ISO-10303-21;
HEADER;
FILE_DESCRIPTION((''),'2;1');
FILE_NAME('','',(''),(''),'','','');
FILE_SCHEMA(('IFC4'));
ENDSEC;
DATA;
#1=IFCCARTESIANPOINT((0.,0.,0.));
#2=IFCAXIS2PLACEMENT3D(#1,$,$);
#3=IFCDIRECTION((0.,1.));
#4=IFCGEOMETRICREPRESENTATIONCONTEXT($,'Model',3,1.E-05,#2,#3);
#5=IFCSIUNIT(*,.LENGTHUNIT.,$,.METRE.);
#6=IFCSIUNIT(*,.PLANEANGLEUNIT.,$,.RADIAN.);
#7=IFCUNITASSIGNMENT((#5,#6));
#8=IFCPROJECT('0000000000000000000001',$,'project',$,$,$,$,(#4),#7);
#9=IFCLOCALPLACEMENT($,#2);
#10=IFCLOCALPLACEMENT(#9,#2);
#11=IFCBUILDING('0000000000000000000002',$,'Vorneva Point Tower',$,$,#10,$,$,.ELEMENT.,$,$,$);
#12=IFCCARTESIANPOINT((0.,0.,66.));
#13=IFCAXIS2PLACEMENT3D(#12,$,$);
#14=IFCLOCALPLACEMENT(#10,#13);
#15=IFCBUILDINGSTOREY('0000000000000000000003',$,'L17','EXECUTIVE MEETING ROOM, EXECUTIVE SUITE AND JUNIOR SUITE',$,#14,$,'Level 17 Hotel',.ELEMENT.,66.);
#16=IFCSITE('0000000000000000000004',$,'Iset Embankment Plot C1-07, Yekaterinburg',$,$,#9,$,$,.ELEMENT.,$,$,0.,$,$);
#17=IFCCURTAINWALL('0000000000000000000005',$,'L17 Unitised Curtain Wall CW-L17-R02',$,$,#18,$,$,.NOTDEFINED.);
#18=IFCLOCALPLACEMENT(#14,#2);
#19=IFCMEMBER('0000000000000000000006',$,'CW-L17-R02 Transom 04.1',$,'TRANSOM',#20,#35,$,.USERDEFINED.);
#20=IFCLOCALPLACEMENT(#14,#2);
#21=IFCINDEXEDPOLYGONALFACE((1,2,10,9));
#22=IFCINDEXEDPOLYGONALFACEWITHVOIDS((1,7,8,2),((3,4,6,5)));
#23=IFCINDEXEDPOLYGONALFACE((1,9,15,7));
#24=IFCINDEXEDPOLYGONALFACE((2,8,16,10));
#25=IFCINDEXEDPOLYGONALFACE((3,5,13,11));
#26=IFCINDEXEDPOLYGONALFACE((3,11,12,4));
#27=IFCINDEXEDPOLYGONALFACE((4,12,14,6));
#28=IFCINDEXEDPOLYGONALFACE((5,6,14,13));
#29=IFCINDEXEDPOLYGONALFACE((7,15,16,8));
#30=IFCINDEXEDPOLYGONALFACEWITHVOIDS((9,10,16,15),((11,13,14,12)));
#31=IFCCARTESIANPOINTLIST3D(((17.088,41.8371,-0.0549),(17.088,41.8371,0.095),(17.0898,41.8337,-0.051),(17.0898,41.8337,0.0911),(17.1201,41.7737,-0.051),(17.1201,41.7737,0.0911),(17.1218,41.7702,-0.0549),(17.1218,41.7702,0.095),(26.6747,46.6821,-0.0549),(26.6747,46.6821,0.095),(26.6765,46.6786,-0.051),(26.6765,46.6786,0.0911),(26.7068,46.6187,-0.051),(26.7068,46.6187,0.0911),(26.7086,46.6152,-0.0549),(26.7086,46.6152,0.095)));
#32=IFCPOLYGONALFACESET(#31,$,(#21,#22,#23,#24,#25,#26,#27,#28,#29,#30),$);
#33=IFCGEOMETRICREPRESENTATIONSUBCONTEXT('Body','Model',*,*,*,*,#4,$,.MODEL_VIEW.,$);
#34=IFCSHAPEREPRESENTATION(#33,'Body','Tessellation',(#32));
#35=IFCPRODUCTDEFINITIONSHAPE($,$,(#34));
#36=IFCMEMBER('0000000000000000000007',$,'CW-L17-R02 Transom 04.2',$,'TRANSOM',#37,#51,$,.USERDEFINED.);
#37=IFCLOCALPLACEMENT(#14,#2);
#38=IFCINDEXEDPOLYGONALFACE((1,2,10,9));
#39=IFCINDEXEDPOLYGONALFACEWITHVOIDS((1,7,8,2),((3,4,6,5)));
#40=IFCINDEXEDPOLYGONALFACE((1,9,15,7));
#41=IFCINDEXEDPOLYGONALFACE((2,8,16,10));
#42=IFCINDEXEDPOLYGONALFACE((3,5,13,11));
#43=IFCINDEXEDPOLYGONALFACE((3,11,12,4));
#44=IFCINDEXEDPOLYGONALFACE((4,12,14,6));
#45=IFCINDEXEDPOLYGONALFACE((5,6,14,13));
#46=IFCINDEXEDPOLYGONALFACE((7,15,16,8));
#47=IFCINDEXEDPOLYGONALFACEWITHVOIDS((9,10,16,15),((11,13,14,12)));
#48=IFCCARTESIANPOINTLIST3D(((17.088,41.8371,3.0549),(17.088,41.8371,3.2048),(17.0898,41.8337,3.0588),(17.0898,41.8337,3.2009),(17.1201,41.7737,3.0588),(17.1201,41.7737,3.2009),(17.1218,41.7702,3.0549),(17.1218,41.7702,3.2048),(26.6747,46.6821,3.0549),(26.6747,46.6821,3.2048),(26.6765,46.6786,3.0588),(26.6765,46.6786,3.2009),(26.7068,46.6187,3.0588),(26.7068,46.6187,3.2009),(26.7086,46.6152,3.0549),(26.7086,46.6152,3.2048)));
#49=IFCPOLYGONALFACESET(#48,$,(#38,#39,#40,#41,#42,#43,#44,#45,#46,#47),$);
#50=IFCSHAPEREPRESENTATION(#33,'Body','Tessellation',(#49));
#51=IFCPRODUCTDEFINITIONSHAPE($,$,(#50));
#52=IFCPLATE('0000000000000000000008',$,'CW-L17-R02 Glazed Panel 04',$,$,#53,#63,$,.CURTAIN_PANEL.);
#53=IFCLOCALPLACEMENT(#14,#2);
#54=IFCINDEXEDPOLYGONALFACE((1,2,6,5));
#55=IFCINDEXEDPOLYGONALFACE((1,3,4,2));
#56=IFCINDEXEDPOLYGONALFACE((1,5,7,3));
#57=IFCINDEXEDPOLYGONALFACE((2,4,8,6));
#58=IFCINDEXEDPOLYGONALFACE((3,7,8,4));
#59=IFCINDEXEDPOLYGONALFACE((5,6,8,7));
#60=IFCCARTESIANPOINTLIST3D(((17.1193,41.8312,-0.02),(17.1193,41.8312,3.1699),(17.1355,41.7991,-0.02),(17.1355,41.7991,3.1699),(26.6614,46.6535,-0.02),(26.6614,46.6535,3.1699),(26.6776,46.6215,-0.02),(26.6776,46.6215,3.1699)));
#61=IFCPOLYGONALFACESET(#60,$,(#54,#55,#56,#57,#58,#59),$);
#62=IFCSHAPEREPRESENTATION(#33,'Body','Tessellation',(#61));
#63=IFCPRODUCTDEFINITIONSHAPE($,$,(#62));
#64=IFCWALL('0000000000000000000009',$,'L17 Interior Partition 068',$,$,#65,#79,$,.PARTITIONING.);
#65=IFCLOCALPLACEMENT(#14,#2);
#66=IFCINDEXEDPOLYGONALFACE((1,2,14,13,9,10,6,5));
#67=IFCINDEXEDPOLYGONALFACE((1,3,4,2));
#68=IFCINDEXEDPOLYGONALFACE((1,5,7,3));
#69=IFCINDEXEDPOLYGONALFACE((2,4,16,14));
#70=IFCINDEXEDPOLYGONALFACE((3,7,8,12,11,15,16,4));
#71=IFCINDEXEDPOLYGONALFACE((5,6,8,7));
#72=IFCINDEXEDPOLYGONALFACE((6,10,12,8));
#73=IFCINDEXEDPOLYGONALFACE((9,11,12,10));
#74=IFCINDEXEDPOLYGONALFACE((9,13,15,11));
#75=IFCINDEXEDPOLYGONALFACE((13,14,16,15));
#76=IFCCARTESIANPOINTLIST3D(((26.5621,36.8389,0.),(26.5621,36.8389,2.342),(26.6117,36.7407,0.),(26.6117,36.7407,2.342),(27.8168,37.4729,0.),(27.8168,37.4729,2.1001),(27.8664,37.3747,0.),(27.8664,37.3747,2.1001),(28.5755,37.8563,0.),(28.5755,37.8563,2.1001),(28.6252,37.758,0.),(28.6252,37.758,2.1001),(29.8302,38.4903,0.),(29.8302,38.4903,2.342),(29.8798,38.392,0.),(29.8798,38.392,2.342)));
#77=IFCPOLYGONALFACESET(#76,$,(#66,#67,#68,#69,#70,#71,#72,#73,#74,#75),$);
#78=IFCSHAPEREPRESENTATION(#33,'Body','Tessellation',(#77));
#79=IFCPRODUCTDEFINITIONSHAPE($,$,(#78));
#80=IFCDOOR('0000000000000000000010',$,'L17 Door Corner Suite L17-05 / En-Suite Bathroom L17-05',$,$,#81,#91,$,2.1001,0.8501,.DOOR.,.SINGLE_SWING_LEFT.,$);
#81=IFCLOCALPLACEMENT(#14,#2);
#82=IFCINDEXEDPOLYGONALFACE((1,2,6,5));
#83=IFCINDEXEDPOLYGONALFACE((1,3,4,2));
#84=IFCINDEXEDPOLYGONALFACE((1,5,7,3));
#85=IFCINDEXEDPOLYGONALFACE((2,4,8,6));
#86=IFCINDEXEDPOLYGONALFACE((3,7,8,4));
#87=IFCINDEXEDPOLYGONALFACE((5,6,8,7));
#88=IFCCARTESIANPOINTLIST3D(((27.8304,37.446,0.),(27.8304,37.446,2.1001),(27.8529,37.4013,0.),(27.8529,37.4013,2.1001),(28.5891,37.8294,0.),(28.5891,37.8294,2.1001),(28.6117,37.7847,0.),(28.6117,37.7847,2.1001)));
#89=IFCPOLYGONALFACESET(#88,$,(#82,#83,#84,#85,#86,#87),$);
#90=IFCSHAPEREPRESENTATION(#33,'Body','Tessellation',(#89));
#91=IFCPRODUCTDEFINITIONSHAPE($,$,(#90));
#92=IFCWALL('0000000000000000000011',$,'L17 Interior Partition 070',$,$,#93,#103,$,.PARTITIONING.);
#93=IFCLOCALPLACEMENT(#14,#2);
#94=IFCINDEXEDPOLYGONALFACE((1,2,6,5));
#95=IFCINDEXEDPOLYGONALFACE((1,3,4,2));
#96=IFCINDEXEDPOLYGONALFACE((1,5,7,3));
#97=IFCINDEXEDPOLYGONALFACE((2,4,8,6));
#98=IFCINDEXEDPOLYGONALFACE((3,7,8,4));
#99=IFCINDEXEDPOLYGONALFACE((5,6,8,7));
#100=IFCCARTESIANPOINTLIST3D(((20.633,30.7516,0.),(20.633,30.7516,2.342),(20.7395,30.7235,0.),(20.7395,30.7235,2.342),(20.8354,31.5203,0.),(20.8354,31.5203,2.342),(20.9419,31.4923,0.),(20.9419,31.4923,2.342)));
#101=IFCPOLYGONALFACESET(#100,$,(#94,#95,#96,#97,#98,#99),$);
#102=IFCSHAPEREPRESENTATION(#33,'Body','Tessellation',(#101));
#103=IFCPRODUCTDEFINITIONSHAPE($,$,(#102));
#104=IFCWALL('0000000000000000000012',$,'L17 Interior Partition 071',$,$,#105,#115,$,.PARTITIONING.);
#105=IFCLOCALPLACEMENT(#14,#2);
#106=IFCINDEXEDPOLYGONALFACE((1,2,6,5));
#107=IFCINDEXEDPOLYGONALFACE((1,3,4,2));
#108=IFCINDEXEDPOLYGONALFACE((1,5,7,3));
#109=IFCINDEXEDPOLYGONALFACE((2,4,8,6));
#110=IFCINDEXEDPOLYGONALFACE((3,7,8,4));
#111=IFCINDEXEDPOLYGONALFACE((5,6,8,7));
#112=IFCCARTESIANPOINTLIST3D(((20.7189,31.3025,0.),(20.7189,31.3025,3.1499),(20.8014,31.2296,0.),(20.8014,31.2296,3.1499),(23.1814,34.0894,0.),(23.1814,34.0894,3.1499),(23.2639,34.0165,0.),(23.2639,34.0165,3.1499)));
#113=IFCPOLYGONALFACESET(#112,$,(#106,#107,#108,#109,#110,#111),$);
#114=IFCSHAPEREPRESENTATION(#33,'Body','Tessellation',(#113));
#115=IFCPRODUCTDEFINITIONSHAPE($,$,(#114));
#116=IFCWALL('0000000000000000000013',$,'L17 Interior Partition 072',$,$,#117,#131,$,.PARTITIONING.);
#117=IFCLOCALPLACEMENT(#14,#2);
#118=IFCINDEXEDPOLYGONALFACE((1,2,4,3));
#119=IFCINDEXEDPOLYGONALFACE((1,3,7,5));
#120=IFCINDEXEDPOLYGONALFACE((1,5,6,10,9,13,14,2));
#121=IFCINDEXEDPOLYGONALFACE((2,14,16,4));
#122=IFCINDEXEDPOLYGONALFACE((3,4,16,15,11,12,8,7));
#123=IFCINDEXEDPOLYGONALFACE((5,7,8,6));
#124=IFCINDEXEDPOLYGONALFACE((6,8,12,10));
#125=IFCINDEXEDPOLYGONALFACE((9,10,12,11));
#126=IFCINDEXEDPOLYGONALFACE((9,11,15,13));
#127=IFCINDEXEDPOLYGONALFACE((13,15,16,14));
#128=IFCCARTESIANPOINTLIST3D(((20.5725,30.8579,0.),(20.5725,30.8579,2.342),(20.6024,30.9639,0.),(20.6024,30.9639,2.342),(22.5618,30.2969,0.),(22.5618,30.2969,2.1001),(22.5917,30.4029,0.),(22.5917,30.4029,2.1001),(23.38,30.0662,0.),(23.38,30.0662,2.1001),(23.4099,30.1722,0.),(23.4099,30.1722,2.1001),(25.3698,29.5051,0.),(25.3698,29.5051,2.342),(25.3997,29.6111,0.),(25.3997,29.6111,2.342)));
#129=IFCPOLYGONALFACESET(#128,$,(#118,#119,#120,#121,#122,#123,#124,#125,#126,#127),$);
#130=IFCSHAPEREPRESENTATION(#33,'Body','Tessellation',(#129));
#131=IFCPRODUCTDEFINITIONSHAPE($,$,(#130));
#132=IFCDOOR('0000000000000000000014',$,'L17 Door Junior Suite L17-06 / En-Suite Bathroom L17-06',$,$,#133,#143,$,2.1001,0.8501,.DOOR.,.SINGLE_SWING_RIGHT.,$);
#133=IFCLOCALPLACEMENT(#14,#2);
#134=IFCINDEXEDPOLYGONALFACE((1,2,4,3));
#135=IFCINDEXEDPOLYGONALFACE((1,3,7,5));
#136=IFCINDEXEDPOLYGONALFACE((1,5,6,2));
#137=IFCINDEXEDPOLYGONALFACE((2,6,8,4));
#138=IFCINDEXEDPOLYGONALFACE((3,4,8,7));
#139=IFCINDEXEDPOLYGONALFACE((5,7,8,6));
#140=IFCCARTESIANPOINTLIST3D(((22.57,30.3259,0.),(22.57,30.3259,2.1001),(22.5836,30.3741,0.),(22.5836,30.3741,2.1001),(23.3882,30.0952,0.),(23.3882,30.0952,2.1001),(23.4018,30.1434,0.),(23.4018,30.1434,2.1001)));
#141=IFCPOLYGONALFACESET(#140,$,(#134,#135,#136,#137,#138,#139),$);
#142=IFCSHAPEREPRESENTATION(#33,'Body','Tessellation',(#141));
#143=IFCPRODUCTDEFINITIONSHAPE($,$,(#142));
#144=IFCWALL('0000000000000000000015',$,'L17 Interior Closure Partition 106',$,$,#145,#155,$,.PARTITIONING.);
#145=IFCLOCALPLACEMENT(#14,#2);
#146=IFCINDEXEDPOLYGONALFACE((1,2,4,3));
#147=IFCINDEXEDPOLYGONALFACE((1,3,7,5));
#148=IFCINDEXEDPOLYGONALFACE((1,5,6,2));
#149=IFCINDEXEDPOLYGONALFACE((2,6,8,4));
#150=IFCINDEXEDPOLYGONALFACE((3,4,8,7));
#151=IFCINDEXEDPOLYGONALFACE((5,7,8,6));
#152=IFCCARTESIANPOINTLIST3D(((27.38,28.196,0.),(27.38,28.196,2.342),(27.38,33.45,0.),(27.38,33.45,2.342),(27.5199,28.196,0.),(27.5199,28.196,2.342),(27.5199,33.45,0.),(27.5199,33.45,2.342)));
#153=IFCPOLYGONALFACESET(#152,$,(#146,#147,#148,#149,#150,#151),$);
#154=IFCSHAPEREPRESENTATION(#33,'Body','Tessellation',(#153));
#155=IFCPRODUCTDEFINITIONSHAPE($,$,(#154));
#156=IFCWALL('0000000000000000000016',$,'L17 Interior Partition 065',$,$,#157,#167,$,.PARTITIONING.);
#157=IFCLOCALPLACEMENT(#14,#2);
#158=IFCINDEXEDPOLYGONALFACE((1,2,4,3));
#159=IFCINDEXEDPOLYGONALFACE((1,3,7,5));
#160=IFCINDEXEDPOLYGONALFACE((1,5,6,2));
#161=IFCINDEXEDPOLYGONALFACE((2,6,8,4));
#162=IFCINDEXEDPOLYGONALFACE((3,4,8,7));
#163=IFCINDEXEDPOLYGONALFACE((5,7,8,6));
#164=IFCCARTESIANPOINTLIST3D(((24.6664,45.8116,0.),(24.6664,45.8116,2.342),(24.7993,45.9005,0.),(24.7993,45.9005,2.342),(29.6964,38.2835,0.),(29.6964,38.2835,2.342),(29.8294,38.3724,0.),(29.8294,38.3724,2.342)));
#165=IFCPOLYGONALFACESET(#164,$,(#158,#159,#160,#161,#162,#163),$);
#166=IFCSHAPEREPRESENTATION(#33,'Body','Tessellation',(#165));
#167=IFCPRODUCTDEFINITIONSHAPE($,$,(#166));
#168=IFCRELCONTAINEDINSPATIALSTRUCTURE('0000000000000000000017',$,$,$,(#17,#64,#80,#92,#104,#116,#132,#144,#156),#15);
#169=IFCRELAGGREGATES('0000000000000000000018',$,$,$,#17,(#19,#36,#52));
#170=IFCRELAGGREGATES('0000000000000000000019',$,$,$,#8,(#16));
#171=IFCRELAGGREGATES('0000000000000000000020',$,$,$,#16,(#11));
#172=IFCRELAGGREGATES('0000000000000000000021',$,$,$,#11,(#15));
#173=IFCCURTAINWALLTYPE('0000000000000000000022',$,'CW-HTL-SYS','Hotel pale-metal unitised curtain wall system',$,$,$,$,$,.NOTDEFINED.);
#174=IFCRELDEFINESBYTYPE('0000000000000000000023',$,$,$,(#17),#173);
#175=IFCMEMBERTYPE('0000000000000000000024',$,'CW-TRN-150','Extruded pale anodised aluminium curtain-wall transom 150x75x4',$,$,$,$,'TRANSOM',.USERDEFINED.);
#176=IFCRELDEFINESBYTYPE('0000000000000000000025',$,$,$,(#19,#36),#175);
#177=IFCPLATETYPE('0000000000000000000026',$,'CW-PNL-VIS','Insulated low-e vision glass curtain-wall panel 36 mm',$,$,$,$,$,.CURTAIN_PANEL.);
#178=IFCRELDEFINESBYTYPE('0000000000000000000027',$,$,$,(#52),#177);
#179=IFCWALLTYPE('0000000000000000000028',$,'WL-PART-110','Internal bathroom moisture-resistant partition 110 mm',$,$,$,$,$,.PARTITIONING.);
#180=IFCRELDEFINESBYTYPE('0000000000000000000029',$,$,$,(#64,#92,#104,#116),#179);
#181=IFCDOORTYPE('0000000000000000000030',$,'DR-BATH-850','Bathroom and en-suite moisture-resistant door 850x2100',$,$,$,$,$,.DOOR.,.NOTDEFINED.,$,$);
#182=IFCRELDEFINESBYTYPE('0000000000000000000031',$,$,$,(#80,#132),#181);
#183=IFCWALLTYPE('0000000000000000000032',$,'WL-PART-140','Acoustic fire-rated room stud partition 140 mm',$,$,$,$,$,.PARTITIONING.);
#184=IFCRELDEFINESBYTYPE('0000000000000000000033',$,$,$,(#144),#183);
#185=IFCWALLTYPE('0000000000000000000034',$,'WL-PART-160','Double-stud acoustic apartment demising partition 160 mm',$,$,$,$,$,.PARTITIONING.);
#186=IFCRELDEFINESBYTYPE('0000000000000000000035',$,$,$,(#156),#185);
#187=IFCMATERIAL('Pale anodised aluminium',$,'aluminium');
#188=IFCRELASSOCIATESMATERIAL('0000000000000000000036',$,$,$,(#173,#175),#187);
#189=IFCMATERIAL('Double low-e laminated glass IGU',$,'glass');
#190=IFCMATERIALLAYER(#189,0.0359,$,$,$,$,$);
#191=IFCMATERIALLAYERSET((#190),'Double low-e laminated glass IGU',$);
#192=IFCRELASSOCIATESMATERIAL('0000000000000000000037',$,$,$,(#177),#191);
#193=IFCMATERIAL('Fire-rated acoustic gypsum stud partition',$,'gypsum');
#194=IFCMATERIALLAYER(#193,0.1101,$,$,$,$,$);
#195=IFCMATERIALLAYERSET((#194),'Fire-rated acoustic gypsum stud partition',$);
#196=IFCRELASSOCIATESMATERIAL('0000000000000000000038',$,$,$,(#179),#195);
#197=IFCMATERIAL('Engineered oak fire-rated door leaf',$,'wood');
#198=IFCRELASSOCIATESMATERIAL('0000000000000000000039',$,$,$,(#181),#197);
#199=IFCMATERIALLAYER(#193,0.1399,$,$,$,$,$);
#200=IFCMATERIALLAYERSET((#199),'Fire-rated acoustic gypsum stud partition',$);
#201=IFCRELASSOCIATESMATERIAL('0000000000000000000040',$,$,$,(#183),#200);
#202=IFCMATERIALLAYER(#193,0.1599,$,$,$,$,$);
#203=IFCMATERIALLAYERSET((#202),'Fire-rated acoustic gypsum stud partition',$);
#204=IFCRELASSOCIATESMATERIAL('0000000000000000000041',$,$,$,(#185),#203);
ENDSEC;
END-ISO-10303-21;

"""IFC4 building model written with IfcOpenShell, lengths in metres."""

from ifc_helpers import new_model, si_unit, direction, frame, frame_2d, origin, origin_2d, place, context, subcontext, project, spatial, rectangle, hollow_rectangle, extrude, material, layer, layer_set, material_profile, profile_set, type_object, element, fill, aggregate, save


model = new_model("IFC4")

# Units and contexts
model_context = context("Model", 3, precision=1e-05, world=origin(), true_north=direction((0.0, 1.0)))
body_context = subcontext(model_context, "Body", "Model", "MODEL_VIEW")
ifc_project = project(units=[si_unit("LENGTHUNIT", "METRE"), si_unit("PLANEANGLEUNIT", "RADIAN")], contexts=[model_context])

# Site, building, storey
site_placement = place(None, origin())
site = spatial("IfcSite", under=ifc_project, at=site_placement, Name="Iset Embankment Plot C1-07, Yekaterinburg", CompositionType="ELEMENT", RefElevation=0.0)
building_placement = place(site_placement, origin())
building = spatial("IfcBuilding", under=site, at=building_placement, Name="Vorneva Point Tower", CompositionType="ELEMENT")
storey_placement = place(building_placement, frame((0.0, 0.0, 66.0)))
storey = spatial("IfcBuildingStorey", under=building, at=storey_placement, Name="L17", Description="EXECUTIVE MEETING ROOM, EXECUTIVE SUITE AND JUNIOR SUITE", LongName="Level 17 Hotel", CompositionType="ELEMENT", Elevation=66.0)

# Curtain wall, members, plate
ifc_material_1 = material(Name="Pale anodised aluminium", Category="aluminium")
curtain_wall_type = type_object("IfcCurtainWallType", Name="CW-HTL-SYS", Description="Hotel pale-metal unitised curtain wall system", PredefinedType="NOTDEFINED", material=ifc_material_1)
curtain_wall_placement = place(storey_placement, origin())
curtain_wall = element("IfcCurtainWall", 1, at=curtain_wall_placement, inside=storey, type_object=curtain_wall_type, Name="L17 Unitised Curtain Wall CW-L17-R02", PredefinedType="NOTDEFINED")
ifc_material_profile_1 = material_profile(ifc_material_1, hollow_rectangle(XDim=0.075, YDim=0.1499, WallThickness=0.0039, at=origin_2d()), Name="AL-TRN 150x75x4")
ifc_profile_set_1 = profile_set([ifc_material_profile_1], Name="Pale anodised aluminium")
member_type_1 = type_object("IfcMemberType", Name="CW-TRN-150", Description="Extruded pale anodised aluminium curtain-wall transom 150x75x4", ElementType="TRANSOM", PredefinedType="USERDEFINED", material=ifc_profile_set_1)
member_1_placement = place(storey_placement, frame((26.6917, 46.6487, 0.02), z_axis=(-0.892496, -0.451055, 0.0), x_axis=(0.451055, -0.892496, 0.0)))
member_1 = element("IfcMember", 2, at=member_1_placement, type_object=member_type_1, Name="CW-L17-R02 Transom 04.1", ObjectType="TRANSOM", PredefinedType="USERDEFINED", context=body_context, shape_type="SweptSolid", body=[
    extrude(hollow_rectangle(XDim=0.075, YDim=0.1499, WallThickness=0.0039, at=origin_2d()), origin(), (0.0, 0.0, 1.0), 10.7415),
])
member_2_placement = place(storey_placement, frame((26.6917, 46.6487, 3.1299), z_axis=(-0.892496, -0.451055, 0.0), x_axis=(0.451055, -0.892496, 0.0)))
member_2 = element("IfcMember", 3, at=member_2_placement, type_object=member_type_1, Name="CW-L17-R02 Transom 04.2", ObjectType="TRANSOM", PredefinedType="USERDEFINED", context=body_context, shape_type="SweptSolid", body=[
    extrude(hollow_rectangle(XDim=0.075, YDim=0.1499, WallThickness=0.0039, at=origin_2d()), origin(), (0.0, 0.0, 1.0), 10.7415),
])
ifc_material_2 = material(Name="Double low-e laminated glass IGU", Category="glass")
ifc_layer_1 = layer(ifc_material_2, 0.0359)
ifc_layer_set_1 = layer_set([ifc_layer_1], Name="Double low-e laminated glass IGU")
plate_type = type_object("IfcPlateType", Name="CW-PNL-VIS", Description="Insulated low-e vision glass curtain-wall panel 36 mm", PredefinedType="CURTAIN_PANEL", material=ifc_layer_set_1)
plate_placement = place(storey_placement, frame((21.8984, 44.2263, -0.02), z_axis=(0.0, 0.0, 1.0), x_axis=(-0.892499, -0.451049, 0.0)))
plate = element("IfcPlate", 4, at=plate_placement, type_object=plate_type, Name="CW-L17-R02 Glazed Panel 04", PredefinedType="CURTAIN_PANEL", context=body_context, shape_type="SweptSolid", body=[
    extrude(rectangle(XDim=10.6914, YDim=0.0359, at=origin_2d()), origin(), (0.0, 0.0, 1.0), 3.1899),
])
aggregate(curtain_wall, [member_1, member_2, plate])

# Wall, opening, door
ifc_material_3 = material(Name="Fire-rated acoustic gypsum stud partition", Category="gypsum")
ifc_layer_2 = layer(ifc_material_3, 0.1101)
ifc_layer_set_2 = layer_set([ifc_layer_2], Name="Fire-rated acoustic gypsum stud partition")
wall_type_1 = type_object("IfcWallType", Name="WL-PART-110", Description="Internal bathroom moisture-resistant partition 110 mm", PredefinedType="PARTITIONING", material=ifc_layer_set_2)
wall_1_placement = place(storey_placement, frame((26.5869, 36.7898, 0.0), z_axis=(0.0, 0.0, 1.0), x_axis=(0.892526, 0.450997, 0.0)))
wall_1 = element("IfcWall", 5, at=wall_1_placement, inside=storey, type_object=wall_type_1, Name="L17 Interior Partition 068", PredefinedType="PARTITIONING", context=body_context, shape_type="SweptSolid", body=[
    extrude(rectangle(XDim=3.6616, YDim=0.1101, at=frame_2d((1.8308, 0.0))), origin(), (0.0, 0.0, 1.0), 2.342),
])
opening_1_placement = place(wall_1_placement, frame((1.4058, 0.0, 0.0)))
opening_1 = element("IfcOpeningElement", 6, at=opening_1_placement, cuts=wall_1, PredefinedType="OPENING", context=body_context, shape_type="SweptSolid", body=[
    extrude(rectangle(XDim=0.8501, YDim=2.1001, at=frame_2d((0.425, 1.05))), frame((0.0, 0.0698, 0.0), z_axis=(0.0, -1.0, 0.0), x_axis=(1.0, 0.0, 0.0)), (0.0, 0.0, 1.0), 0.1399),
])
ifc_material_4 = material(Name="Engineered oak fire-rated door leaf", Category="wood")
door_type_1 = type_object("IfcDoorType", Name="DR-BATH-850", Description="Bathroom and en-suite moisture-resistant door 850x2100", OperationType="NOTDEFINED", PredefinedType="DOOR", material=ifc_material_4)
door_1_placement = place(opening_1_placement, origin())
door_1 = element("IfcDoor", 7, at=door_1_placement, inside=storey, type_object=door_type_1, Name="L17 Door Corner Suite L17-05 / En-Suite Bathroom L17-05", OperationType="SINGLE_SWING_LEFT", OverallHeight=2.1001, OverallWidth=0.8501, PredefinedType="DOOR", context=body_context, shape_type="SweptSolid", body=[
    extrude(rectangle(XDim=0.8501, YDim=2.1001, at=frame_2d((0.425, 1.05))), frame((0.0, 0.0249, 0.0), z_axis=(0.0, -1.0, 0.0), x_axis=(1.0, 0.0, 0.0)), (0.0, 0.0, 1.0), 0.05),
])
fill(opening_1, door_1)

# Walls
wall_2_placement = place(storey_placement, frame((20.6863, 30.7375, 0.0), z_axis=(0.0, 0.0, 1.0), x_axis=(0.254584, 0.967051, 0.0)))
element("IfcWall", 8, at=wall_2_placement, inside=storey, type_object=wall_type_1, Name="L17 Interior Partition 070", PredefinedType="PARTITIONING", context=body_context, shape_type="SweptSolid", body=[
    extrude(rectangle(XDim=0.7949, YDim=0.1101, at=frame_2d((0.3975, 0.0))), origin(), (0.0, 0.0, 1.0), 2.342),
])
wall_3_placement = place(storey_placement, frame((20.7603, 31.2661, 0.0), z_axis=(0.0, 0.0, 1.0), x_axis=(0.662136, 0.749384, 0.0)))
element("IfcWall", 9, at=wall_3_placement, inside=storey, type_object=wall_type_1, Name="L17 Interior Partition 071", PredefinedType="PARTITIONING", context=body_context, shape_type="SweptSolid", body=[
    extrude(rectangle(XDim=3.719, YDim=0.1101, at=frame_2d((1.8594, 0.0))), origin(), (0.0, 0.0, 1.0), 3.1499),
])

# Wall, opening, door
wall_4_placement = place(storey_placement, frame((25.3848, 29.5581, 0.0), z_axis=(0.0, 0.0, 1.0), x_axis=(-0.962466, 0.271401, 0.0)))
wall_4 = element("IfcWall", 10, at=wall_4_placement, inside=storey, type_object=wall_type_1, Name="L17 Interior Partition 072", PredefinedType="PARTITIONING", context=body_context, shape_type="SweptSolid", body=[
    extrude(rectangle(XDim=4.9844, YDim=0.1101, at=frame_2d((2.4922, 0.0))), origin(), (0.0, 0.0, 1.0), 2.342),
])
opening_2_placement = place(wall_4_placement, frame((2.0674, 0.0, 0.0)))
opening_2 = element("IfcOpeningElement", 11, at=opening_2_placement, cuts=wall_4, PredefinedType="OPENING", context=body_context, shape_type="SweptSolid", body=[
    extrude(rectangle(XDim=0.8501, YDim=2.1001, at=frame_2d((0.425, 1.05))), frame((0.0, 0.0698, 0.0), z_axis=(0.0, -1.0, 0.0), x_axis=(1.0, 0.0, 0.0)), (0.0, 0.0, 1.0), 0.1399),
])
door_2_placement = place(opening_2_placement, origin())
door_2 = element("IfcDoor", 12, at=door_2_placement, inside=storey, type_object=door_type_1, Name="L17 Door Junior Suite L17-06 / En-Suite Bathroom L17-06", OperationType="SINGLE_SWING_RIGHT", OverallHeight=2.1001, OverallWidth=0.8501, PredefinedType="DOOR", context=body_context, shape_type="SweptSolid", body=[
    extrude(rectangle(XDim=0.8501, YDim=2.1001, at=frame_2d((0.425, 1.05))), frame((0.0, 0.0249, 0.0), z_axis=(0.0, -1.0, 0.0), x_axis=(1.0, 0.0, 0.0)), (0.0, 0.0, 1.0), 0.05),
])
fill(opening_2, door_2)

# Walls
ifc_layer_3 = layer(ifc_material_3, 0.1399)
ifc_layer_set_3 = layer_set([ifc_layer_3], Name="Fire-rated acoustic gypsum stud partition")
wall_type_2 = type_object("IfcWallType", Name="WL-PART-140", Description="Acoustic fire-rated room stud partition 140 mm", PredefinedType="PARTITIONING", material=ifc_layer_set_3)
wall_5_placement = place(storey_placement, frame((27.45, 28.196, 0.0), z_axis=(0.0, 0.0, 1.0), x_axis=(0.0, 1.0, 0.0)))
element("IfcWall", 13, at=wall_5_placement, inside=storey, type_object=wall_type_2, Name="L17 Interior Closure Partition 106", PredefinedType="PARTITIONING", context=body_context, shape_type="SweptSolid", body=[
    extrude(rectangle(XDim=5.2539, YDim=0.1399, at=frame_2d((2.627, 0.0))), origin(), (0.0, 0.0, 1.0), 2.342),
])
ifc_layer_4 = layer(ifc_material_3, 0.1599)
ifc_layer_set_4 = layer_set([ifc_layer_4], Name="Fire-rated acoustic gypsum stud partition")
wall_type_3 = type_object("IfcWallType", Name="WL-PART-160", Description="Double-stud acoustic apartment demising partition 160 mm", PredefinedType="PARTITIONING", material=ifc_layer_set_4)
wall_6_placement = place(storey_placement, frame((24.7329, 45.856, 0.0), z_axis=(0.0, 0.0, 1.0), x_axis=(0.555565, -0.831473, 0.0)))
element("IfcWall", 14, at=wall_6_placement, inside=storey, type_object=wall_type_3, Name="L17 Interior Partition 065", PredefinedType="PARTITIONING", context=body_context, shape_type="SweptSolid", body=[
    extrude(rectangle(XDim=9.054, YDim=0.1599, at=frame_2d((4.5269, 0.0))), origin(), (0.0, 0.0, 1.0), 2.342),
])

save(model, "model.ifc")
